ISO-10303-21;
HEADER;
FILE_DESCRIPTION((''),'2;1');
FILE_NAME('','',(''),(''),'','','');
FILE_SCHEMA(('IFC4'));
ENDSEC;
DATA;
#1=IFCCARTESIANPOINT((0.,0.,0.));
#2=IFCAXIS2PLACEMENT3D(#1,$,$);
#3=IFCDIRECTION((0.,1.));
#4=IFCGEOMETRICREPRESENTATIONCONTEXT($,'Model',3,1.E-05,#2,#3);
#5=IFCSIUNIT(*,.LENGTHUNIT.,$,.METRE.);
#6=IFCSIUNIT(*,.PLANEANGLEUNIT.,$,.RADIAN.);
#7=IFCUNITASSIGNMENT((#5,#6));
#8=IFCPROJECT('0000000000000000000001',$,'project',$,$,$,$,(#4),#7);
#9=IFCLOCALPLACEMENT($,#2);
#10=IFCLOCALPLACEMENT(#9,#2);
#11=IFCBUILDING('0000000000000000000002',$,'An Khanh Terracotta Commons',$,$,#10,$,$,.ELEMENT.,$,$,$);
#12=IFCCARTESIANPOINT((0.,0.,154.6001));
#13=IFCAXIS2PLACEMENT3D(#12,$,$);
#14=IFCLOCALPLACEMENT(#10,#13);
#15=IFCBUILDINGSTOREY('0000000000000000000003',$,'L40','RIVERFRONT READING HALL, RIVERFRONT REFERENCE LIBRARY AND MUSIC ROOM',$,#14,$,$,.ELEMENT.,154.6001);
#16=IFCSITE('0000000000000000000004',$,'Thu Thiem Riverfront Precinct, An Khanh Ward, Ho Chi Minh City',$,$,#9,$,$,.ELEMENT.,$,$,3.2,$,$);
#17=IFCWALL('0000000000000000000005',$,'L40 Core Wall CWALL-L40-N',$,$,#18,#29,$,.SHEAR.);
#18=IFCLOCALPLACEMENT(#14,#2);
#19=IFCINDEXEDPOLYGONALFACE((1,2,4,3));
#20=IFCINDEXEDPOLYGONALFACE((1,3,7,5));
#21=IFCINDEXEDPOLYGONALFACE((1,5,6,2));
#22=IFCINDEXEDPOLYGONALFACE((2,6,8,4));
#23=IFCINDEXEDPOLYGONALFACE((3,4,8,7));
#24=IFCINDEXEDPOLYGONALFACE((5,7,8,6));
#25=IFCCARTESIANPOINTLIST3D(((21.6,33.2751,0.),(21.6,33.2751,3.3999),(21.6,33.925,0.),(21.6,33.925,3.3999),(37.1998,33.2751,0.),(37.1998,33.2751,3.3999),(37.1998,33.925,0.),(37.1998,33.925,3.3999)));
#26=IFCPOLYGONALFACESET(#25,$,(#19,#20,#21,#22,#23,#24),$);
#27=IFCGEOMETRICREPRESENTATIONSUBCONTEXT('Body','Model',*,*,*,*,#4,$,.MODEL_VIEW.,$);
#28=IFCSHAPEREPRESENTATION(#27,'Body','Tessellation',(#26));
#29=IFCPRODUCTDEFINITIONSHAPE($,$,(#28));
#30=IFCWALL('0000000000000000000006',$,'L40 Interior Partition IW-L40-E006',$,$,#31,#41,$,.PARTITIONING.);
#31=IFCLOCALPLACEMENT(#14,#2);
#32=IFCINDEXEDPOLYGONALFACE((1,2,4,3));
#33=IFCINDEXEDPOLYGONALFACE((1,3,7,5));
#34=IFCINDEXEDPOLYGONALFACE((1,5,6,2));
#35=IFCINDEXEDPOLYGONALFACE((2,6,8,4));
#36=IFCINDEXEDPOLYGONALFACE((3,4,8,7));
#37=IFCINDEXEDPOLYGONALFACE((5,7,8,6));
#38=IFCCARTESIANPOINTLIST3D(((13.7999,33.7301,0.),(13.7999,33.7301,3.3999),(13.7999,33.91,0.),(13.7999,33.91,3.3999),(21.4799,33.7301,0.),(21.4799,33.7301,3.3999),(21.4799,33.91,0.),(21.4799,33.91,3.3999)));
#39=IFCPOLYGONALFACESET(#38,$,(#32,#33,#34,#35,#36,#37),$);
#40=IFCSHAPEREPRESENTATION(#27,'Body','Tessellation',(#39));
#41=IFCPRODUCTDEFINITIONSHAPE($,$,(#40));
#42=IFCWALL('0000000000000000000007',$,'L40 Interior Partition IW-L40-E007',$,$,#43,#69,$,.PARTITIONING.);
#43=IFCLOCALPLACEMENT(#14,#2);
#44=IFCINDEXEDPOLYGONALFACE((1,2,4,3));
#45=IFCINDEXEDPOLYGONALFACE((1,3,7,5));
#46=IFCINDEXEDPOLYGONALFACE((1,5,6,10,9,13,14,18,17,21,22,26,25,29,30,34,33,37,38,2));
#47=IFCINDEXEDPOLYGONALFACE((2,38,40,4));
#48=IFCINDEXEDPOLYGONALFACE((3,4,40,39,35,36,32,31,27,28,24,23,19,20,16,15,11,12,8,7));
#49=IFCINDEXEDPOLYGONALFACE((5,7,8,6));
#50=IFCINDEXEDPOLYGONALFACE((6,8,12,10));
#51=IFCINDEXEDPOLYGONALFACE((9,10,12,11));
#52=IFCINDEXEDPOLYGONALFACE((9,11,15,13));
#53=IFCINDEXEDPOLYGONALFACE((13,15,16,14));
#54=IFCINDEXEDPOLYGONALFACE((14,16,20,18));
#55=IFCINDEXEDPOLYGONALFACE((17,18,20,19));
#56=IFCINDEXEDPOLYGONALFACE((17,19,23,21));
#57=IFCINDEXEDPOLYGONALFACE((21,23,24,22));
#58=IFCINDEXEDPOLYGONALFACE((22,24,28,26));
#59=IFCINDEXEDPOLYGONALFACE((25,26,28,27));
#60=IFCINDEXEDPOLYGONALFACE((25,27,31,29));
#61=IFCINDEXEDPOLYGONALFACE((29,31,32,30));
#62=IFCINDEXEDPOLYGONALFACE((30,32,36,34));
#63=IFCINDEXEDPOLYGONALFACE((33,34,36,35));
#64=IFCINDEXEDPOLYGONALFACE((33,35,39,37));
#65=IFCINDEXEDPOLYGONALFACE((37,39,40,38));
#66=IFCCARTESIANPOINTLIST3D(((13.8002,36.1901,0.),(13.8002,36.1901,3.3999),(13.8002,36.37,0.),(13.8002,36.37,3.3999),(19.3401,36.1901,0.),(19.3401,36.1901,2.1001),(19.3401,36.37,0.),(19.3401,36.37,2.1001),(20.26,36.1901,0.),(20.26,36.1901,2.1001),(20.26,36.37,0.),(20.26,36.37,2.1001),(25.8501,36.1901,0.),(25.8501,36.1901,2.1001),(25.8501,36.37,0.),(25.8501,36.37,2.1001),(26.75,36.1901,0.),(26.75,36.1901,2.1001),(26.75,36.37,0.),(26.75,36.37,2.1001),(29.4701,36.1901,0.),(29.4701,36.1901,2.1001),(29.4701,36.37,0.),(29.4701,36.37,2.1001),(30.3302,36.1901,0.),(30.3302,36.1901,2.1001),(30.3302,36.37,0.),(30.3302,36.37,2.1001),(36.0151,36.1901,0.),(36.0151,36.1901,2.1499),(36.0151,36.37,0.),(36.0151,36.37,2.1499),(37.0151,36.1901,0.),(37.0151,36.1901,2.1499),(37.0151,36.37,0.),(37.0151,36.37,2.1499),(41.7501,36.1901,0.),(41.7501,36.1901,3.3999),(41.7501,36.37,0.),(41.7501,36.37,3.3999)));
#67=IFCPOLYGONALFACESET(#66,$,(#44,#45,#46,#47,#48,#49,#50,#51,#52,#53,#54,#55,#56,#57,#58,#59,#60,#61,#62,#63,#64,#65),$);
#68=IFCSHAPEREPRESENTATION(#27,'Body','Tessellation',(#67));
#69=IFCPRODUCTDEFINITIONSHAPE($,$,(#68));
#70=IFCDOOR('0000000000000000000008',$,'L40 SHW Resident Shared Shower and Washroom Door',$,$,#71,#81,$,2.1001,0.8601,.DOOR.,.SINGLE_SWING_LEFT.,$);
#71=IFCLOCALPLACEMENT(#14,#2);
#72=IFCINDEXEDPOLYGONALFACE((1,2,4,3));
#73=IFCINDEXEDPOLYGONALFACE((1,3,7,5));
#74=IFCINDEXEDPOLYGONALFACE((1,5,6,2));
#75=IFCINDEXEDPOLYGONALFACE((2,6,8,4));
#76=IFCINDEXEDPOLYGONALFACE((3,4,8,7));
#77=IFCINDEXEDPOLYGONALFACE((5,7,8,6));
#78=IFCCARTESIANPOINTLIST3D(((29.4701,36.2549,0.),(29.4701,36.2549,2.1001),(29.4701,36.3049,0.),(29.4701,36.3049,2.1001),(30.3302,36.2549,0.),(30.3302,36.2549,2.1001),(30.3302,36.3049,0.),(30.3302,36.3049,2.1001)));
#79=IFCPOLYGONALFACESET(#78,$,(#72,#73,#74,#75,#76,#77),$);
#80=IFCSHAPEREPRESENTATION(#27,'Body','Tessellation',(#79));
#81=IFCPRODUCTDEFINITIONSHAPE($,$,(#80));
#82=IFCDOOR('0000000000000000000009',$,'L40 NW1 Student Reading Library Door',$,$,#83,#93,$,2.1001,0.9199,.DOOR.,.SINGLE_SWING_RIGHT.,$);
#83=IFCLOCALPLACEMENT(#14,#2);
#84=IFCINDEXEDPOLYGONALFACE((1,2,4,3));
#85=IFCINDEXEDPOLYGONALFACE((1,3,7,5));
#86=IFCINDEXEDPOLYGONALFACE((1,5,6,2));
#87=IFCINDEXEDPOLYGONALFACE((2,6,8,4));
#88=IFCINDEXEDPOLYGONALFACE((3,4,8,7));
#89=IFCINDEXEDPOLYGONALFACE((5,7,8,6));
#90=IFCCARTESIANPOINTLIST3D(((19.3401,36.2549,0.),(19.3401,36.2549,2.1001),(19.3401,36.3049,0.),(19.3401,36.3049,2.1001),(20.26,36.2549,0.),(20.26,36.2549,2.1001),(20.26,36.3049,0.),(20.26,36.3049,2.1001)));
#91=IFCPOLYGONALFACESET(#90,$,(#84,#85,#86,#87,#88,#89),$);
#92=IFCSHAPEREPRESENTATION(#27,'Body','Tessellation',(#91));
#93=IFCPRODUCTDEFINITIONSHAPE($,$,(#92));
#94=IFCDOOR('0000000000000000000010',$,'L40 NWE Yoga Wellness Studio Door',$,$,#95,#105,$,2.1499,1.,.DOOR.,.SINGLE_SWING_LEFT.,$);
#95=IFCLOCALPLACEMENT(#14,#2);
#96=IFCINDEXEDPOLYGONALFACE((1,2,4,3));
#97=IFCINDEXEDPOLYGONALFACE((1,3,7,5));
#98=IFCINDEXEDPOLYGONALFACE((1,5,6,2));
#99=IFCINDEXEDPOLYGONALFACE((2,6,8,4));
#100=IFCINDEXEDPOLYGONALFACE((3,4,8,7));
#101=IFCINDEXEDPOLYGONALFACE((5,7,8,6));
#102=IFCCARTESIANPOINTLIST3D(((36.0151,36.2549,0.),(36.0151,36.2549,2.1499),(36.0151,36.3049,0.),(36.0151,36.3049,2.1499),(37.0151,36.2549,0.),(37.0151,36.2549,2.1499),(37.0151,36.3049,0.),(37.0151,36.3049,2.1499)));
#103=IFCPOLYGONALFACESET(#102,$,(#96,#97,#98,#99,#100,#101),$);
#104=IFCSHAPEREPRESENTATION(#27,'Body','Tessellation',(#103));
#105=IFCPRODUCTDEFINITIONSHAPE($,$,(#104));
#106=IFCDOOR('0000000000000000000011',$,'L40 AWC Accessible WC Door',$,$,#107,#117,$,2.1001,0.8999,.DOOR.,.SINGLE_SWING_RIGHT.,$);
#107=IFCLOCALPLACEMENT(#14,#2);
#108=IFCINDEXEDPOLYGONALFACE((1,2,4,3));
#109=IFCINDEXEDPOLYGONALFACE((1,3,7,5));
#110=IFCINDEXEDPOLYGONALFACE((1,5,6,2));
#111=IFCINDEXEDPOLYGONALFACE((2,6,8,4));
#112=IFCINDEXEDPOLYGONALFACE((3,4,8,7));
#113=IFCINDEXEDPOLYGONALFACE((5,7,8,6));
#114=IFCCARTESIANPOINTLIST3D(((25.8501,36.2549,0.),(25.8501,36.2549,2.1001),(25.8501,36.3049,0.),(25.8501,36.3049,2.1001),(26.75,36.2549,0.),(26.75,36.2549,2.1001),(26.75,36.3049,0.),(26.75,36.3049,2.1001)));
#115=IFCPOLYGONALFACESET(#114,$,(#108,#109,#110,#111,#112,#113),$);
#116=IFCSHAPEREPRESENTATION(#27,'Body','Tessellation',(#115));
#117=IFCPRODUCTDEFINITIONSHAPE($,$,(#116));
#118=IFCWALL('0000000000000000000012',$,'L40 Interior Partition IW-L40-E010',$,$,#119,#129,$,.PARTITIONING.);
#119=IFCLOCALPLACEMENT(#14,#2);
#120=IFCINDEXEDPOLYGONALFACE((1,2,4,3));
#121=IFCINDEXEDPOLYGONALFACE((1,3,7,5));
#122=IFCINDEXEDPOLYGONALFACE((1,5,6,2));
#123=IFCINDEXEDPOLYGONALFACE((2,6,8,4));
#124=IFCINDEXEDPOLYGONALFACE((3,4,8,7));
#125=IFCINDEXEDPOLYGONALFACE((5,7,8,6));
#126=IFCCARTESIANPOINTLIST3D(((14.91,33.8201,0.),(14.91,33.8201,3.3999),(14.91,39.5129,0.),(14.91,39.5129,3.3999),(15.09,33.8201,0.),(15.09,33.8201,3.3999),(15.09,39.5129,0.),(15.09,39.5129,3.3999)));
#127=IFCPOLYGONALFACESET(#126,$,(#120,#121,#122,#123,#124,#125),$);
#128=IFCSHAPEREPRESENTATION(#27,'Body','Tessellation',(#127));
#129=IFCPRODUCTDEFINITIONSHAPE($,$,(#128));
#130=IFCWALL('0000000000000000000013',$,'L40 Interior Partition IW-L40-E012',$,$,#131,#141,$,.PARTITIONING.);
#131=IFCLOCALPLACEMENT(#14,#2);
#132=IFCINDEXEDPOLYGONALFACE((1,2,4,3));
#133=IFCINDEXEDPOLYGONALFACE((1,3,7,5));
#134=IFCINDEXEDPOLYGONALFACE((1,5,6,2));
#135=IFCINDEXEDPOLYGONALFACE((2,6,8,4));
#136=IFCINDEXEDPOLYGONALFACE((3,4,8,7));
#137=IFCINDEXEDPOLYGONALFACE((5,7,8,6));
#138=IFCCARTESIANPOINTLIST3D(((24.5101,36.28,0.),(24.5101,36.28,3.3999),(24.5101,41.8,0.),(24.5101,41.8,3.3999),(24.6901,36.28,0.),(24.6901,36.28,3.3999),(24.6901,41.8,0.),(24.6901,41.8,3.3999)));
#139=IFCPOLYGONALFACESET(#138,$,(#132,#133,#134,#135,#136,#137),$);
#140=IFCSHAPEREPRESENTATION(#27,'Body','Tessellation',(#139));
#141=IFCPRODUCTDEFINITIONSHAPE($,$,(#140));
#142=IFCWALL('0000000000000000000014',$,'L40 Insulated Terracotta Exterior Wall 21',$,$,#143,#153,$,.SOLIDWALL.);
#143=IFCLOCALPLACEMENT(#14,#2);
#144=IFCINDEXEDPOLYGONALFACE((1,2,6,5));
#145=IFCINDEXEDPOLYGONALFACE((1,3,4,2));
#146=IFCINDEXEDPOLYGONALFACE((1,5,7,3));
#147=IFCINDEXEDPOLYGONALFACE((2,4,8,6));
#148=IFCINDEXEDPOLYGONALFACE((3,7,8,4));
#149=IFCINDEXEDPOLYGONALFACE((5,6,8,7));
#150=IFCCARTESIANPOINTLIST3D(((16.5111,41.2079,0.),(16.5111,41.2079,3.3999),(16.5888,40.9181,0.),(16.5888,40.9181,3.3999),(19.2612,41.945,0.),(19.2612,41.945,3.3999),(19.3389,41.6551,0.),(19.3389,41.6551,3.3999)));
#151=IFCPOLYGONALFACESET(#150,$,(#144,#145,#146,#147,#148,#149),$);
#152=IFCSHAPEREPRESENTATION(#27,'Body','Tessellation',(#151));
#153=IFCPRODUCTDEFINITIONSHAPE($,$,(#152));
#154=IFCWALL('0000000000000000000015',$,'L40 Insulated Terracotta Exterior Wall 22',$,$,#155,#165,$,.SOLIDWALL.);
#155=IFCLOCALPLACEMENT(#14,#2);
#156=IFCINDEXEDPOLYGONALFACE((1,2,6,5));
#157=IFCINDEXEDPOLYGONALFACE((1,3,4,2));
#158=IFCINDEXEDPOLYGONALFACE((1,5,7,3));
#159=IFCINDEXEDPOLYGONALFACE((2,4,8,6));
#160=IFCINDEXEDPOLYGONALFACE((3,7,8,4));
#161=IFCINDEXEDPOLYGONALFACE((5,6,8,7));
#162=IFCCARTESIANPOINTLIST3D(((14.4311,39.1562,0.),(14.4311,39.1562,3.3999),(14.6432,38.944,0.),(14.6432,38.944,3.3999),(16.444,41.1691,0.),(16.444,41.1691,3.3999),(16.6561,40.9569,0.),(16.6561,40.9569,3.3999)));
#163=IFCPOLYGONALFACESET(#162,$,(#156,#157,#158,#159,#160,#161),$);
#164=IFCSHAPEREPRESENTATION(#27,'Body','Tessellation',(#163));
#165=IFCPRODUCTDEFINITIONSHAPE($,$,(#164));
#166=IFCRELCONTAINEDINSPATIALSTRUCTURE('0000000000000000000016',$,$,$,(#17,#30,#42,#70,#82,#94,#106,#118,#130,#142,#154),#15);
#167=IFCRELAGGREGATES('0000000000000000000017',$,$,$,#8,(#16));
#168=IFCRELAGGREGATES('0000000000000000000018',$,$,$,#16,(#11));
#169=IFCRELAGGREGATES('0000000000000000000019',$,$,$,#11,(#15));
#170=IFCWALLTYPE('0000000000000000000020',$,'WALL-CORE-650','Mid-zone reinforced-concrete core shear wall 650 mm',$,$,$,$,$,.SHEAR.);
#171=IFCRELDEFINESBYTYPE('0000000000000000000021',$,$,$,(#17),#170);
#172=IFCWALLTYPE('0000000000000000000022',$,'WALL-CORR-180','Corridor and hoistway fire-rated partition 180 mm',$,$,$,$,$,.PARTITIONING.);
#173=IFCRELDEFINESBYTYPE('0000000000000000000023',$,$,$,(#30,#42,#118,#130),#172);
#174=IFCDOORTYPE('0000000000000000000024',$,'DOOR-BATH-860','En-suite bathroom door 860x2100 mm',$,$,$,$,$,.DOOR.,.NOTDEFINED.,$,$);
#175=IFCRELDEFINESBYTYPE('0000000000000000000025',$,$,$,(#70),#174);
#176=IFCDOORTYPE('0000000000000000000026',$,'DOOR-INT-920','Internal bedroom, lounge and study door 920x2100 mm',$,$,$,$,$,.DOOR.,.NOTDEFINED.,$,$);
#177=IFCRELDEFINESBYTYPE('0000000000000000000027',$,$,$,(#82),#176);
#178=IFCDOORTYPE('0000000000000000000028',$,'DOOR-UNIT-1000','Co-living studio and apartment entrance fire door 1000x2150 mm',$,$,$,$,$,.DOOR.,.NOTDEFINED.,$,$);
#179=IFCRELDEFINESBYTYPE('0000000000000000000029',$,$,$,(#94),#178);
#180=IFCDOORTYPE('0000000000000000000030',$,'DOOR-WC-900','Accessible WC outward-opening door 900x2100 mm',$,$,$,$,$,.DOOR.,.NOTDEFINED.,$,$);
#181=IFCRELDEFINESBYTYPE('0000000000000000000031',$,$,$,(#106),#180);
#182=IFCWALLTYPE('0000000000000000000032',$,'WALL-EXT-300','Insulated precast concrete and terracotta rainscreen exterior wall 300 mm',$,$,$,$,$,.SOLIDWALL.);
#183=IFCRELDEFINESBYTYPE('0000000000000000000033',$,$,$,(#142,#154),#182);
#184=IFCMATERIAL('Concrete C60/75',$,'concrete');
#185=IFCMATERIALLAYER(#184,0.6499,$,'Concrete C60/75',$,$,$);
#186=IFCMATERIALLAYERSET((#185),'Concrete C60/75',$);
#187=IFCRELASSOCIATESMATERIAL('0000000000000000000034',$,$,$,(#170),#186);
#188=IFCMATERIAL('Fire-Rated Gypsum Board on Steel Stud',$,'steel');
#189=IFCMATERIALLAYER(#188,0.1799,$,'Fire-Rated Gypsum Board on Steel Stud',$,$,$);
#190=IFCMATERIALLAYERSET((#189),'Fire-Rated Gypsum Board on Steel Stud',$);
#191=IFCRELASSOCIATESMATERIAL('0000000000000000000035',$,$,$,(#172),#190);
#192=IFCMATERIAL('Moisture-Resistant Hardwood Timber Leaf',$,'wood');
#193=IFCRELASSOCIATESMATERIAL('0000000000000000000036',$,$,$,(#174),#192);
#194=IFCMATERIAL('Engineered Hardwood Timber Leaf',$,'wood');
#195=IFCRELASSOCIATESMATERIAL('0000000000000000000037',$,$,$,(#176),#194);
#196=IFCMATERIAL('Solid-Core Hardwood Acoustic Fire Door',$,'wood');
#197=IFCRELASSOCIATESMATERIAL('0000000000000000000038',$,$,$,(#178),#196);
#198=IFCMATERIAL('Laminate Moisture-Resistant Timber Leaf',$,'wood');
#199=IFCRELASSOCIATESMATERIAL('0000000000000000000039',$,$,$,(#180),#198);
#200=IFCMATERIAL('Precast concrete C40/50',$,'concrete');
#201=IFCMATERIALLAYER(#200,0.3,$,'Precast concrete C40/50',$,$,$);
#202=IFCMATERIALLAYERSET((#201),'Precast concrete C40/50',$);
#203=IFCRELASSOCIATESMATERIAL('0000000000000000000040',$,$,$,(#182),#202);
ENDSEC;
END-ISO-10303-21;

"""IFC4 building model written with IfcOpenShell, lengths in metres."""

from ifc_helpers import new_model, si_unit, direction, frame, frame_2d, origin, place, context, subcontext, project, spatial, rectangle, extrude, material, layer, layer_set, type_object, element, fill, save


model = new_model("IFC4")

# Units and contexts
model_context = context("Model", 3, precision=1e-05, world=origin(), true_north=direction((0.0, 1.0)))
body_context = subcontext(model_context, "Body", "Model", "MODEL_VIEW")
ifc_project = project(units=[si_unit("LENGTHUNIT", "METRE"), si_unit("PLANEANGLEUNIT", "RADIAN")], contexts=[model_context])

# Site, building, storey
site_placement = place(None, origin())
site = spatial("IfcSite", under=ifc_project, at=site_placement, Name="Thu Thiem Riverfront Precinct, An Khanh Ward, Ho Chi Minh City", CompositionType="ELEMENT", RefElevation=3.2)
building_placement = place(site_placement, origin())
building = spatial("IfcBuilding", under=site, at=building_placement, Name="An Khanh Terracotta Commons", CompositionType="ELEMENT")
storey_placement = place(building_placement, frame((0.0, 0.0, 154.6001)))
storey = spatial("IfcBuildingStorey", under=building, at=storey_placement, Name="L40", Description="RIVERFRONT READING HALL, RIVERFRONT REFERENCE LIBRARY AND MUSIC ROOM", CompositionType="ELEMENT", Elevation=154.6001)

# Shared definitions
ifc_material_1 = material(Name="Concrete C60/75", Category="concrete")

# Walls
ifc_layer_1 = layer(ifc_material_1, 0.6499, Name="Concrete C60/75")
ifc_layer_set_1 = layer_set([ifc_layer_1], Name="Concrete C60/75")
wall_type_1 = type_object("IfcWallType", Name="WALL-CORE-650", Description="Mid-zone reinforced-concrete core shear wall 650 mm", PredefinedType="SHEAR", material=ifc_layer_set_1)
wall_1_placement = place(storey_placement, frame((21.6001, 33.6001, 0.0), z_axis=(0.0, 0.0, 1.0), x_axis=(1.0, 0.0, 0.0)))
element("IfcWall", 1, at=wall_1_placement, inside=storey, type_object=wall_type_1, Name="L40 Core Wall CWALL-L40-N", PredefinedType="SHEAR", context=body_context, shape_type="SweptSolid", body=[
    extrude(rectangle(XDim=15.5999, YDim=0.6499, at=frame_2d((7.7998, 0.0))), origin(), (0.0, 0.0, 1.0), 3.3999),
])
ifc_material_2 = material(Name="Fire-Rated Gypsum Board on Steel Stud", Category="steel")
ifc_layer_2 = layer(ifc_material_2, 0.1799, Name="Fire-Rated Gypsum Board on Steel Stud")
ifc_layer_set_2 = layer_set([ifc_layer_2], Name="Fire-Rated Gypsum Board on Steel Stud")
wall_type_2 = type_object("IfcWallType", Name="WALL-CORR-180", Description="Corridor and hoistway fire-rated partition 180 mm", PredefinedType="PARTITIONING", material=ifc_layer_set_2)
wall_2_placement = place(storey_placement, frame((13.8, 33.8201, 0.0), z_axis=(0.0, 0.0, 1.0), x_axis=(1.0, 0.0, 0.0)))
element("IfcWall", 2, at=wall_2_placement, inside=storey, type_object=wall_type_2, Name="L40 Interior Partition IW-L40-E006", PredefinedType="PARTITIONING", context=body_context, shape_type="SweptSolid", body=[
    extrude(rectangle(XDim=7.6799, YDim=0.1799, at=frame_2d((3.8398, 0.0))), origin(), (0.0, 0.0, 1.0), 3.3999),
])

# Wall, openings, doors
wall_3_placement = place(storey_placement, frame((13.8, 36.28, 0.0), z_axis=(0.0, 0.0, 1.0), x_axis=(1.0, 0.0, 0.0)))
wall_3 = element("IfcWall", 3, at=wall_3_placement, inside=storey, type_object=wall_type_2, Name="L40 Interior Partition IW-L40-E007", PredefinedType="PARTITIONING", context=body_context, shape_type="SweptSolid", body=[
    extrude(rectangle(XDim=27.95, YDim=0.1799, at=frame_2d((13.9751, 0.0))), origin(), (0.0, 0.0, 1.0), 3.3999),
])
opening_1_placement = place(wall_3_placement, frame((12.05, 0.0, 0.0)))
opening_1 = element("IfcOpeningElement", 4, at=opening_1_placement, cuts=wall_3, PredefinedType="OPENING", context=body_context, shape_type="SweptSolid", body=[
    extrude(rectangle(XDim=0.8999, YDim=2.1001, at=frame_2d((0.45, 1.05))), frame((0.0, 0.0999, 0.0), z_axis=(0.0, -1.0, 0.0), x_axis=(1.0, 0.0, 0.0)), (0.0, 0.0, 1.0), 0.2),
])
opening_2_placement = place(wall_3_placement, frame((15.6699, 0.0, 0.0)))
opening_2 = element("IfcOpeningElement", 5, at=opening_2_placement, cuts=wall_3, PredefinedType="OPENING", context=body_context, shape_type="SweptSolid", body=[
    extrude(rectangle(XDim=0.8601, YDim=2.1001, at=frame_2d((0.4302, 1.05))), frame((0.0, 0.0999, 0.0), z_axis=(0.0, -1.0, 0.0), x_axis=(1.0, 0.0, 0.0)), (0.0, 0.0, 1.0), 0.2),
])
opening_3_placement = place(wall_3_placement, frame((5.54, 0.0, 0.0)))
opening_3 = element("IfcOpeningElement", 6, at=opening_3_placement, cuts=wall_3, PredefinedType="OPENING", context=body_context, shape_type="SweptSolid", body=[
    extrude(rectangle(XDim=0.9199, YDim=2.1001, at=frame_2d((0.46, 1.05))), frame((0.0, 0.0999, 0.0), z_axis=(0.0, -1.0, 0.0), x_axis=(1.0, 0.0, 0.0)), (0.0, 0.0, 1.0), 0.2),
])
opening_4_placement = place(wall_3_placement, frame((22.2151, 0.0, 0.0)))
opening_4 = element("IfcOpeningElement", 7, at=opening_4_placement, cuts=wall_3, PredefinedType="OPENING", context=body_context, shape_type="SweptSolid", body=[
    extrude(rectangle(XDim=1.0, YDim=2.1499, at=frame_2d((0.5, 1.075))), frame((0.0, 0.0999, 0.0), z_axis=(0.0, -1.0, 0.0), x_axis=(1.0, 0.0, 0.0)), (0.0, 0.0, 1.0), 0.2),
])
ifc_material_3 = material(Name="Moisture-Resistant Hardwood Timber Leaf", Category="wood")
door_type_1 = type_object("IfcDoorType", Name="DOOR-BATH-860", Description="En-suite bathroom door 860x2100 mm", OperationType="NOTDEFINED", PredefinedType="DOOR", material=ifc_material_3)
door_1_placement = place(opening_2_placement, origin())
door_1 = element("IfcDoor", 8, at=door_1_placement, inside=storey, type_object=door_type_1, Name="L40 SHW Resident Shared Shower and Washroom Door", OperationType="SINGLE_SWING_LEFT", OverallHeight=2.1001, OverallWidth=0.8601, PredefinedType="DOOR", context=body_context, shape_type="SweptSolid", body=[
    extrude(rectangle(XDim=0.8601, YDim=2.1001, at=frame_2d((0.4302, 1.05))), frame((0.0, 0.0249, 0.0), z_axis=(0.0, -1.0, 0.0), x_axis=(1.0, 0.0, 0.0)), (0.0, 0.0, 1.0), 0.05),
])
fill(opening_2, door_1)
ifc_material_4 = material(Name="Engineered Hardwood Timber Leaf", Category="wood")
door_type_2 = type_object("IfcDoorType", Name="DOOR-INT-920", Description="Internal bedroom, lounge and study door 920x2100 mm", OperationType="NOTDEFINED", PredefinedType="DOOR", material=ifc_material_4)
door_2_placement = place(opening_3_placement, origin())
door_2 = element("IfcDoor", 9, at=door_2_placement, inside=storey, type_object=door_type_2, Name="L40 NW1 Student Reading Library Door", OperationType="SINGLE_SWING_RIGHT", OverallHeight=2.1001, OverallWidth=0.9199, PredefinedType="DOOR", context=body_context, shape_type="SweptSolid", body=[
    extrude(rectangle(XDim=0.9199, YDim=2.1001, at=frame_2d((0.46, 1.05))), frame((0.0, 0.0249, 0.0), z_axis=(0.0, -1.0, 0.0), x_axis=(1.0, 0.0, 0.0)), (0.0, 0.0, 1.0), 0.05),
])
fill(opening_3, door_2)
ifc_material_5 = material(Name="Solid-Core Hardwood Acoustic Fire Door", Category="wood")
door_type_3 = type_object("IfcDoorType", Name="DOOR-UNIT-1000", Description="Co-living studio and apartment entrance fire door 1000x2150 mm", OperationType="NOTDEFINED", PredefinedType="DOOR", material=ifc_material_5)
door_3_placement = place(opening_4_placement, origin())
door_3 = element("IfcDoor", 10, at=door_3_placement, inside=storey, type_object=door_type_3, Name="L40 NWE Yoga Wellness Studio Door", OperationType="SINGLE_SWING_LEFT", OverallHeight=2.1499, OverallWidth=1.0, PredefinedType="DOOR", context=body_context, shape_type="SweptSolid", body=[
    extrude(rectangle(XDim=1.0, YDim=2.1499, at=frame_2d((0.5, 1.075))), frame((0.0, 0.0249, 0.0), z_axis=(0.0, -1.0, 0.0), x_axis=(1.0, 0.0, 0.0)), (0.0, 0.0, 1.0), 0.05),
])
fill(opening_4, door_3)
ifc_material_6 = material(Name="Laminate Moisture-Resistant Timber Leaf", Category="wood")
door_type_4 = type_object("IfcDoorType", Name="DOOR-WC-900", Description="Accessible WC outward-opening door 900x2100 mm", OperationType="NOTDEFINED", PredefinedType="DOOR", material=ifc_material_6)
door_4_placement = place(opening_1_placement, origin())
door_4 = element("IfcDoor", 11, at=door_4_placement, inside=storey, type_object=door_type_4, Name="L40 AWC Accessible WC Door", OperationType="SINGLE_SWING_RIGHT", OverallHeight=2.1001, OverallWidth=0.8999, PredefinedType="DOOR", context=body_context, shape_type="SweptSolid", body=[
    extrude(rectangle(XDim=0.8999, YDim=2.1001, at=frame_2d((0.45, 1.05))), frame((0.0, 0.0249, 0.0), z_axis=(0.0, -1.0, 0.0), x_axis=(1.0, 0.0, 0.0)), (0.0, 0.0, 1.0), 0.05),
])
fill(opening_1, door_4)

# Walls
wall_4_placement = place(storey_placement, frame((15.0, 33.8201, 0.0), z_axis=(0.0, 0.0, 1.0), x_axis=(0.0, 1.0, 0.0)))
element("IfcWall", 12, at=wall_4_placement, inside=storey, type_object=wall_type_2, Name="L40 Interior Partition IW-L40-E010", PredefinedType="PARTITIONING", context=body_context, shape_type="SweptSolid", body=[
    extrude(rectangle(XDim=5.6929, YDim=0.1799, at=frame_2d((2.8464, 0.0))), origin(), (0.0, 0.0, 1.0), 3.3999),
])
wall_5_placement = place(storey_placement, frame((24.6001, 36.28, 0.0), z_axis=(0.0, 0.0, 1.0), x_axis=(0.0, 1.0, 0.0)))
element("IfcWall", 13, at=wall_5_placement, inside=storey, type_object=wall_type_2, Name="L40 Interior Partition IW-L40-E012", PredefinedType="PARTITIONING", context=body_context, shape_type="SweptSolid", body=[
    extrude(rectangle(XDim=5.52, YDim=0.1799, at=frame_2d((2.76, 0.0))), origin(), (0.0, 0.0, 1.0), 3.3999),
])
ifc_material_7 = material(Name="Precast concrete C40/50", Category="concrete")
ifc_layer_3 = layer(ifc_material_7, 0.3, Name="Precast concrete C40/50")
ifc_layer_set_3 = layer_set([ifc_layer_3], Name="Precast concrete C40/50")
wall_type_3 = type_object("IfcWallType", Name="WALL-EXT-300", Description="Insulated precast concrete and terracotta rainscreen exterior wall 300 mm", PredefinedType="SOLIDWALL", material=ifc_layer_set_3)
wall_6_placement = place(storey_placement, frame((19.3, 41.8, 0.0), z_axis=(0.0, 0.0, 1.0), x_axis=(-0.965908, -0.258885, 0.0)))
element("IfcWall", 14, at=wall_6_placement, inside=storey, type_object=wall_type_3, Name="L40 Insulated Terracotta Exterior Wall 21", PredefinedType="SOLIDWALL", context=body_context, shape_type="SweptSolid", body=[
    extrude(rectangle(XDim=2.8472, YDim=0.3, at=frame_2d((1.4236, 0.0))), origin(), (0.0, 0.0, 1.0), 3.3999),
])
wall_7_placement = place(storey_placement, frame((16.55, 41.063, 0.0), z_axis=(0.0, 0.0, 1.0), x_axis=(-0.707107, -0.707107, 0.0)))
element("IfcWall", 15, at=wall_7_placement, inside=storey, type_object=wall_type_3, Name="L40 Insulated Terracotta Exterior Wall 22", PredefinedType="SOLIDWALL", context=body_context, shape_type="SweptSolid", body=[
    extrude(rectangle(XDim=2.8467, YDim=0.3, at=frame_2d((1.4233, 0.0))), origin(), (0.0, 0.0, 1.0), 3.3999),
])

save(model, "model.ifc")
